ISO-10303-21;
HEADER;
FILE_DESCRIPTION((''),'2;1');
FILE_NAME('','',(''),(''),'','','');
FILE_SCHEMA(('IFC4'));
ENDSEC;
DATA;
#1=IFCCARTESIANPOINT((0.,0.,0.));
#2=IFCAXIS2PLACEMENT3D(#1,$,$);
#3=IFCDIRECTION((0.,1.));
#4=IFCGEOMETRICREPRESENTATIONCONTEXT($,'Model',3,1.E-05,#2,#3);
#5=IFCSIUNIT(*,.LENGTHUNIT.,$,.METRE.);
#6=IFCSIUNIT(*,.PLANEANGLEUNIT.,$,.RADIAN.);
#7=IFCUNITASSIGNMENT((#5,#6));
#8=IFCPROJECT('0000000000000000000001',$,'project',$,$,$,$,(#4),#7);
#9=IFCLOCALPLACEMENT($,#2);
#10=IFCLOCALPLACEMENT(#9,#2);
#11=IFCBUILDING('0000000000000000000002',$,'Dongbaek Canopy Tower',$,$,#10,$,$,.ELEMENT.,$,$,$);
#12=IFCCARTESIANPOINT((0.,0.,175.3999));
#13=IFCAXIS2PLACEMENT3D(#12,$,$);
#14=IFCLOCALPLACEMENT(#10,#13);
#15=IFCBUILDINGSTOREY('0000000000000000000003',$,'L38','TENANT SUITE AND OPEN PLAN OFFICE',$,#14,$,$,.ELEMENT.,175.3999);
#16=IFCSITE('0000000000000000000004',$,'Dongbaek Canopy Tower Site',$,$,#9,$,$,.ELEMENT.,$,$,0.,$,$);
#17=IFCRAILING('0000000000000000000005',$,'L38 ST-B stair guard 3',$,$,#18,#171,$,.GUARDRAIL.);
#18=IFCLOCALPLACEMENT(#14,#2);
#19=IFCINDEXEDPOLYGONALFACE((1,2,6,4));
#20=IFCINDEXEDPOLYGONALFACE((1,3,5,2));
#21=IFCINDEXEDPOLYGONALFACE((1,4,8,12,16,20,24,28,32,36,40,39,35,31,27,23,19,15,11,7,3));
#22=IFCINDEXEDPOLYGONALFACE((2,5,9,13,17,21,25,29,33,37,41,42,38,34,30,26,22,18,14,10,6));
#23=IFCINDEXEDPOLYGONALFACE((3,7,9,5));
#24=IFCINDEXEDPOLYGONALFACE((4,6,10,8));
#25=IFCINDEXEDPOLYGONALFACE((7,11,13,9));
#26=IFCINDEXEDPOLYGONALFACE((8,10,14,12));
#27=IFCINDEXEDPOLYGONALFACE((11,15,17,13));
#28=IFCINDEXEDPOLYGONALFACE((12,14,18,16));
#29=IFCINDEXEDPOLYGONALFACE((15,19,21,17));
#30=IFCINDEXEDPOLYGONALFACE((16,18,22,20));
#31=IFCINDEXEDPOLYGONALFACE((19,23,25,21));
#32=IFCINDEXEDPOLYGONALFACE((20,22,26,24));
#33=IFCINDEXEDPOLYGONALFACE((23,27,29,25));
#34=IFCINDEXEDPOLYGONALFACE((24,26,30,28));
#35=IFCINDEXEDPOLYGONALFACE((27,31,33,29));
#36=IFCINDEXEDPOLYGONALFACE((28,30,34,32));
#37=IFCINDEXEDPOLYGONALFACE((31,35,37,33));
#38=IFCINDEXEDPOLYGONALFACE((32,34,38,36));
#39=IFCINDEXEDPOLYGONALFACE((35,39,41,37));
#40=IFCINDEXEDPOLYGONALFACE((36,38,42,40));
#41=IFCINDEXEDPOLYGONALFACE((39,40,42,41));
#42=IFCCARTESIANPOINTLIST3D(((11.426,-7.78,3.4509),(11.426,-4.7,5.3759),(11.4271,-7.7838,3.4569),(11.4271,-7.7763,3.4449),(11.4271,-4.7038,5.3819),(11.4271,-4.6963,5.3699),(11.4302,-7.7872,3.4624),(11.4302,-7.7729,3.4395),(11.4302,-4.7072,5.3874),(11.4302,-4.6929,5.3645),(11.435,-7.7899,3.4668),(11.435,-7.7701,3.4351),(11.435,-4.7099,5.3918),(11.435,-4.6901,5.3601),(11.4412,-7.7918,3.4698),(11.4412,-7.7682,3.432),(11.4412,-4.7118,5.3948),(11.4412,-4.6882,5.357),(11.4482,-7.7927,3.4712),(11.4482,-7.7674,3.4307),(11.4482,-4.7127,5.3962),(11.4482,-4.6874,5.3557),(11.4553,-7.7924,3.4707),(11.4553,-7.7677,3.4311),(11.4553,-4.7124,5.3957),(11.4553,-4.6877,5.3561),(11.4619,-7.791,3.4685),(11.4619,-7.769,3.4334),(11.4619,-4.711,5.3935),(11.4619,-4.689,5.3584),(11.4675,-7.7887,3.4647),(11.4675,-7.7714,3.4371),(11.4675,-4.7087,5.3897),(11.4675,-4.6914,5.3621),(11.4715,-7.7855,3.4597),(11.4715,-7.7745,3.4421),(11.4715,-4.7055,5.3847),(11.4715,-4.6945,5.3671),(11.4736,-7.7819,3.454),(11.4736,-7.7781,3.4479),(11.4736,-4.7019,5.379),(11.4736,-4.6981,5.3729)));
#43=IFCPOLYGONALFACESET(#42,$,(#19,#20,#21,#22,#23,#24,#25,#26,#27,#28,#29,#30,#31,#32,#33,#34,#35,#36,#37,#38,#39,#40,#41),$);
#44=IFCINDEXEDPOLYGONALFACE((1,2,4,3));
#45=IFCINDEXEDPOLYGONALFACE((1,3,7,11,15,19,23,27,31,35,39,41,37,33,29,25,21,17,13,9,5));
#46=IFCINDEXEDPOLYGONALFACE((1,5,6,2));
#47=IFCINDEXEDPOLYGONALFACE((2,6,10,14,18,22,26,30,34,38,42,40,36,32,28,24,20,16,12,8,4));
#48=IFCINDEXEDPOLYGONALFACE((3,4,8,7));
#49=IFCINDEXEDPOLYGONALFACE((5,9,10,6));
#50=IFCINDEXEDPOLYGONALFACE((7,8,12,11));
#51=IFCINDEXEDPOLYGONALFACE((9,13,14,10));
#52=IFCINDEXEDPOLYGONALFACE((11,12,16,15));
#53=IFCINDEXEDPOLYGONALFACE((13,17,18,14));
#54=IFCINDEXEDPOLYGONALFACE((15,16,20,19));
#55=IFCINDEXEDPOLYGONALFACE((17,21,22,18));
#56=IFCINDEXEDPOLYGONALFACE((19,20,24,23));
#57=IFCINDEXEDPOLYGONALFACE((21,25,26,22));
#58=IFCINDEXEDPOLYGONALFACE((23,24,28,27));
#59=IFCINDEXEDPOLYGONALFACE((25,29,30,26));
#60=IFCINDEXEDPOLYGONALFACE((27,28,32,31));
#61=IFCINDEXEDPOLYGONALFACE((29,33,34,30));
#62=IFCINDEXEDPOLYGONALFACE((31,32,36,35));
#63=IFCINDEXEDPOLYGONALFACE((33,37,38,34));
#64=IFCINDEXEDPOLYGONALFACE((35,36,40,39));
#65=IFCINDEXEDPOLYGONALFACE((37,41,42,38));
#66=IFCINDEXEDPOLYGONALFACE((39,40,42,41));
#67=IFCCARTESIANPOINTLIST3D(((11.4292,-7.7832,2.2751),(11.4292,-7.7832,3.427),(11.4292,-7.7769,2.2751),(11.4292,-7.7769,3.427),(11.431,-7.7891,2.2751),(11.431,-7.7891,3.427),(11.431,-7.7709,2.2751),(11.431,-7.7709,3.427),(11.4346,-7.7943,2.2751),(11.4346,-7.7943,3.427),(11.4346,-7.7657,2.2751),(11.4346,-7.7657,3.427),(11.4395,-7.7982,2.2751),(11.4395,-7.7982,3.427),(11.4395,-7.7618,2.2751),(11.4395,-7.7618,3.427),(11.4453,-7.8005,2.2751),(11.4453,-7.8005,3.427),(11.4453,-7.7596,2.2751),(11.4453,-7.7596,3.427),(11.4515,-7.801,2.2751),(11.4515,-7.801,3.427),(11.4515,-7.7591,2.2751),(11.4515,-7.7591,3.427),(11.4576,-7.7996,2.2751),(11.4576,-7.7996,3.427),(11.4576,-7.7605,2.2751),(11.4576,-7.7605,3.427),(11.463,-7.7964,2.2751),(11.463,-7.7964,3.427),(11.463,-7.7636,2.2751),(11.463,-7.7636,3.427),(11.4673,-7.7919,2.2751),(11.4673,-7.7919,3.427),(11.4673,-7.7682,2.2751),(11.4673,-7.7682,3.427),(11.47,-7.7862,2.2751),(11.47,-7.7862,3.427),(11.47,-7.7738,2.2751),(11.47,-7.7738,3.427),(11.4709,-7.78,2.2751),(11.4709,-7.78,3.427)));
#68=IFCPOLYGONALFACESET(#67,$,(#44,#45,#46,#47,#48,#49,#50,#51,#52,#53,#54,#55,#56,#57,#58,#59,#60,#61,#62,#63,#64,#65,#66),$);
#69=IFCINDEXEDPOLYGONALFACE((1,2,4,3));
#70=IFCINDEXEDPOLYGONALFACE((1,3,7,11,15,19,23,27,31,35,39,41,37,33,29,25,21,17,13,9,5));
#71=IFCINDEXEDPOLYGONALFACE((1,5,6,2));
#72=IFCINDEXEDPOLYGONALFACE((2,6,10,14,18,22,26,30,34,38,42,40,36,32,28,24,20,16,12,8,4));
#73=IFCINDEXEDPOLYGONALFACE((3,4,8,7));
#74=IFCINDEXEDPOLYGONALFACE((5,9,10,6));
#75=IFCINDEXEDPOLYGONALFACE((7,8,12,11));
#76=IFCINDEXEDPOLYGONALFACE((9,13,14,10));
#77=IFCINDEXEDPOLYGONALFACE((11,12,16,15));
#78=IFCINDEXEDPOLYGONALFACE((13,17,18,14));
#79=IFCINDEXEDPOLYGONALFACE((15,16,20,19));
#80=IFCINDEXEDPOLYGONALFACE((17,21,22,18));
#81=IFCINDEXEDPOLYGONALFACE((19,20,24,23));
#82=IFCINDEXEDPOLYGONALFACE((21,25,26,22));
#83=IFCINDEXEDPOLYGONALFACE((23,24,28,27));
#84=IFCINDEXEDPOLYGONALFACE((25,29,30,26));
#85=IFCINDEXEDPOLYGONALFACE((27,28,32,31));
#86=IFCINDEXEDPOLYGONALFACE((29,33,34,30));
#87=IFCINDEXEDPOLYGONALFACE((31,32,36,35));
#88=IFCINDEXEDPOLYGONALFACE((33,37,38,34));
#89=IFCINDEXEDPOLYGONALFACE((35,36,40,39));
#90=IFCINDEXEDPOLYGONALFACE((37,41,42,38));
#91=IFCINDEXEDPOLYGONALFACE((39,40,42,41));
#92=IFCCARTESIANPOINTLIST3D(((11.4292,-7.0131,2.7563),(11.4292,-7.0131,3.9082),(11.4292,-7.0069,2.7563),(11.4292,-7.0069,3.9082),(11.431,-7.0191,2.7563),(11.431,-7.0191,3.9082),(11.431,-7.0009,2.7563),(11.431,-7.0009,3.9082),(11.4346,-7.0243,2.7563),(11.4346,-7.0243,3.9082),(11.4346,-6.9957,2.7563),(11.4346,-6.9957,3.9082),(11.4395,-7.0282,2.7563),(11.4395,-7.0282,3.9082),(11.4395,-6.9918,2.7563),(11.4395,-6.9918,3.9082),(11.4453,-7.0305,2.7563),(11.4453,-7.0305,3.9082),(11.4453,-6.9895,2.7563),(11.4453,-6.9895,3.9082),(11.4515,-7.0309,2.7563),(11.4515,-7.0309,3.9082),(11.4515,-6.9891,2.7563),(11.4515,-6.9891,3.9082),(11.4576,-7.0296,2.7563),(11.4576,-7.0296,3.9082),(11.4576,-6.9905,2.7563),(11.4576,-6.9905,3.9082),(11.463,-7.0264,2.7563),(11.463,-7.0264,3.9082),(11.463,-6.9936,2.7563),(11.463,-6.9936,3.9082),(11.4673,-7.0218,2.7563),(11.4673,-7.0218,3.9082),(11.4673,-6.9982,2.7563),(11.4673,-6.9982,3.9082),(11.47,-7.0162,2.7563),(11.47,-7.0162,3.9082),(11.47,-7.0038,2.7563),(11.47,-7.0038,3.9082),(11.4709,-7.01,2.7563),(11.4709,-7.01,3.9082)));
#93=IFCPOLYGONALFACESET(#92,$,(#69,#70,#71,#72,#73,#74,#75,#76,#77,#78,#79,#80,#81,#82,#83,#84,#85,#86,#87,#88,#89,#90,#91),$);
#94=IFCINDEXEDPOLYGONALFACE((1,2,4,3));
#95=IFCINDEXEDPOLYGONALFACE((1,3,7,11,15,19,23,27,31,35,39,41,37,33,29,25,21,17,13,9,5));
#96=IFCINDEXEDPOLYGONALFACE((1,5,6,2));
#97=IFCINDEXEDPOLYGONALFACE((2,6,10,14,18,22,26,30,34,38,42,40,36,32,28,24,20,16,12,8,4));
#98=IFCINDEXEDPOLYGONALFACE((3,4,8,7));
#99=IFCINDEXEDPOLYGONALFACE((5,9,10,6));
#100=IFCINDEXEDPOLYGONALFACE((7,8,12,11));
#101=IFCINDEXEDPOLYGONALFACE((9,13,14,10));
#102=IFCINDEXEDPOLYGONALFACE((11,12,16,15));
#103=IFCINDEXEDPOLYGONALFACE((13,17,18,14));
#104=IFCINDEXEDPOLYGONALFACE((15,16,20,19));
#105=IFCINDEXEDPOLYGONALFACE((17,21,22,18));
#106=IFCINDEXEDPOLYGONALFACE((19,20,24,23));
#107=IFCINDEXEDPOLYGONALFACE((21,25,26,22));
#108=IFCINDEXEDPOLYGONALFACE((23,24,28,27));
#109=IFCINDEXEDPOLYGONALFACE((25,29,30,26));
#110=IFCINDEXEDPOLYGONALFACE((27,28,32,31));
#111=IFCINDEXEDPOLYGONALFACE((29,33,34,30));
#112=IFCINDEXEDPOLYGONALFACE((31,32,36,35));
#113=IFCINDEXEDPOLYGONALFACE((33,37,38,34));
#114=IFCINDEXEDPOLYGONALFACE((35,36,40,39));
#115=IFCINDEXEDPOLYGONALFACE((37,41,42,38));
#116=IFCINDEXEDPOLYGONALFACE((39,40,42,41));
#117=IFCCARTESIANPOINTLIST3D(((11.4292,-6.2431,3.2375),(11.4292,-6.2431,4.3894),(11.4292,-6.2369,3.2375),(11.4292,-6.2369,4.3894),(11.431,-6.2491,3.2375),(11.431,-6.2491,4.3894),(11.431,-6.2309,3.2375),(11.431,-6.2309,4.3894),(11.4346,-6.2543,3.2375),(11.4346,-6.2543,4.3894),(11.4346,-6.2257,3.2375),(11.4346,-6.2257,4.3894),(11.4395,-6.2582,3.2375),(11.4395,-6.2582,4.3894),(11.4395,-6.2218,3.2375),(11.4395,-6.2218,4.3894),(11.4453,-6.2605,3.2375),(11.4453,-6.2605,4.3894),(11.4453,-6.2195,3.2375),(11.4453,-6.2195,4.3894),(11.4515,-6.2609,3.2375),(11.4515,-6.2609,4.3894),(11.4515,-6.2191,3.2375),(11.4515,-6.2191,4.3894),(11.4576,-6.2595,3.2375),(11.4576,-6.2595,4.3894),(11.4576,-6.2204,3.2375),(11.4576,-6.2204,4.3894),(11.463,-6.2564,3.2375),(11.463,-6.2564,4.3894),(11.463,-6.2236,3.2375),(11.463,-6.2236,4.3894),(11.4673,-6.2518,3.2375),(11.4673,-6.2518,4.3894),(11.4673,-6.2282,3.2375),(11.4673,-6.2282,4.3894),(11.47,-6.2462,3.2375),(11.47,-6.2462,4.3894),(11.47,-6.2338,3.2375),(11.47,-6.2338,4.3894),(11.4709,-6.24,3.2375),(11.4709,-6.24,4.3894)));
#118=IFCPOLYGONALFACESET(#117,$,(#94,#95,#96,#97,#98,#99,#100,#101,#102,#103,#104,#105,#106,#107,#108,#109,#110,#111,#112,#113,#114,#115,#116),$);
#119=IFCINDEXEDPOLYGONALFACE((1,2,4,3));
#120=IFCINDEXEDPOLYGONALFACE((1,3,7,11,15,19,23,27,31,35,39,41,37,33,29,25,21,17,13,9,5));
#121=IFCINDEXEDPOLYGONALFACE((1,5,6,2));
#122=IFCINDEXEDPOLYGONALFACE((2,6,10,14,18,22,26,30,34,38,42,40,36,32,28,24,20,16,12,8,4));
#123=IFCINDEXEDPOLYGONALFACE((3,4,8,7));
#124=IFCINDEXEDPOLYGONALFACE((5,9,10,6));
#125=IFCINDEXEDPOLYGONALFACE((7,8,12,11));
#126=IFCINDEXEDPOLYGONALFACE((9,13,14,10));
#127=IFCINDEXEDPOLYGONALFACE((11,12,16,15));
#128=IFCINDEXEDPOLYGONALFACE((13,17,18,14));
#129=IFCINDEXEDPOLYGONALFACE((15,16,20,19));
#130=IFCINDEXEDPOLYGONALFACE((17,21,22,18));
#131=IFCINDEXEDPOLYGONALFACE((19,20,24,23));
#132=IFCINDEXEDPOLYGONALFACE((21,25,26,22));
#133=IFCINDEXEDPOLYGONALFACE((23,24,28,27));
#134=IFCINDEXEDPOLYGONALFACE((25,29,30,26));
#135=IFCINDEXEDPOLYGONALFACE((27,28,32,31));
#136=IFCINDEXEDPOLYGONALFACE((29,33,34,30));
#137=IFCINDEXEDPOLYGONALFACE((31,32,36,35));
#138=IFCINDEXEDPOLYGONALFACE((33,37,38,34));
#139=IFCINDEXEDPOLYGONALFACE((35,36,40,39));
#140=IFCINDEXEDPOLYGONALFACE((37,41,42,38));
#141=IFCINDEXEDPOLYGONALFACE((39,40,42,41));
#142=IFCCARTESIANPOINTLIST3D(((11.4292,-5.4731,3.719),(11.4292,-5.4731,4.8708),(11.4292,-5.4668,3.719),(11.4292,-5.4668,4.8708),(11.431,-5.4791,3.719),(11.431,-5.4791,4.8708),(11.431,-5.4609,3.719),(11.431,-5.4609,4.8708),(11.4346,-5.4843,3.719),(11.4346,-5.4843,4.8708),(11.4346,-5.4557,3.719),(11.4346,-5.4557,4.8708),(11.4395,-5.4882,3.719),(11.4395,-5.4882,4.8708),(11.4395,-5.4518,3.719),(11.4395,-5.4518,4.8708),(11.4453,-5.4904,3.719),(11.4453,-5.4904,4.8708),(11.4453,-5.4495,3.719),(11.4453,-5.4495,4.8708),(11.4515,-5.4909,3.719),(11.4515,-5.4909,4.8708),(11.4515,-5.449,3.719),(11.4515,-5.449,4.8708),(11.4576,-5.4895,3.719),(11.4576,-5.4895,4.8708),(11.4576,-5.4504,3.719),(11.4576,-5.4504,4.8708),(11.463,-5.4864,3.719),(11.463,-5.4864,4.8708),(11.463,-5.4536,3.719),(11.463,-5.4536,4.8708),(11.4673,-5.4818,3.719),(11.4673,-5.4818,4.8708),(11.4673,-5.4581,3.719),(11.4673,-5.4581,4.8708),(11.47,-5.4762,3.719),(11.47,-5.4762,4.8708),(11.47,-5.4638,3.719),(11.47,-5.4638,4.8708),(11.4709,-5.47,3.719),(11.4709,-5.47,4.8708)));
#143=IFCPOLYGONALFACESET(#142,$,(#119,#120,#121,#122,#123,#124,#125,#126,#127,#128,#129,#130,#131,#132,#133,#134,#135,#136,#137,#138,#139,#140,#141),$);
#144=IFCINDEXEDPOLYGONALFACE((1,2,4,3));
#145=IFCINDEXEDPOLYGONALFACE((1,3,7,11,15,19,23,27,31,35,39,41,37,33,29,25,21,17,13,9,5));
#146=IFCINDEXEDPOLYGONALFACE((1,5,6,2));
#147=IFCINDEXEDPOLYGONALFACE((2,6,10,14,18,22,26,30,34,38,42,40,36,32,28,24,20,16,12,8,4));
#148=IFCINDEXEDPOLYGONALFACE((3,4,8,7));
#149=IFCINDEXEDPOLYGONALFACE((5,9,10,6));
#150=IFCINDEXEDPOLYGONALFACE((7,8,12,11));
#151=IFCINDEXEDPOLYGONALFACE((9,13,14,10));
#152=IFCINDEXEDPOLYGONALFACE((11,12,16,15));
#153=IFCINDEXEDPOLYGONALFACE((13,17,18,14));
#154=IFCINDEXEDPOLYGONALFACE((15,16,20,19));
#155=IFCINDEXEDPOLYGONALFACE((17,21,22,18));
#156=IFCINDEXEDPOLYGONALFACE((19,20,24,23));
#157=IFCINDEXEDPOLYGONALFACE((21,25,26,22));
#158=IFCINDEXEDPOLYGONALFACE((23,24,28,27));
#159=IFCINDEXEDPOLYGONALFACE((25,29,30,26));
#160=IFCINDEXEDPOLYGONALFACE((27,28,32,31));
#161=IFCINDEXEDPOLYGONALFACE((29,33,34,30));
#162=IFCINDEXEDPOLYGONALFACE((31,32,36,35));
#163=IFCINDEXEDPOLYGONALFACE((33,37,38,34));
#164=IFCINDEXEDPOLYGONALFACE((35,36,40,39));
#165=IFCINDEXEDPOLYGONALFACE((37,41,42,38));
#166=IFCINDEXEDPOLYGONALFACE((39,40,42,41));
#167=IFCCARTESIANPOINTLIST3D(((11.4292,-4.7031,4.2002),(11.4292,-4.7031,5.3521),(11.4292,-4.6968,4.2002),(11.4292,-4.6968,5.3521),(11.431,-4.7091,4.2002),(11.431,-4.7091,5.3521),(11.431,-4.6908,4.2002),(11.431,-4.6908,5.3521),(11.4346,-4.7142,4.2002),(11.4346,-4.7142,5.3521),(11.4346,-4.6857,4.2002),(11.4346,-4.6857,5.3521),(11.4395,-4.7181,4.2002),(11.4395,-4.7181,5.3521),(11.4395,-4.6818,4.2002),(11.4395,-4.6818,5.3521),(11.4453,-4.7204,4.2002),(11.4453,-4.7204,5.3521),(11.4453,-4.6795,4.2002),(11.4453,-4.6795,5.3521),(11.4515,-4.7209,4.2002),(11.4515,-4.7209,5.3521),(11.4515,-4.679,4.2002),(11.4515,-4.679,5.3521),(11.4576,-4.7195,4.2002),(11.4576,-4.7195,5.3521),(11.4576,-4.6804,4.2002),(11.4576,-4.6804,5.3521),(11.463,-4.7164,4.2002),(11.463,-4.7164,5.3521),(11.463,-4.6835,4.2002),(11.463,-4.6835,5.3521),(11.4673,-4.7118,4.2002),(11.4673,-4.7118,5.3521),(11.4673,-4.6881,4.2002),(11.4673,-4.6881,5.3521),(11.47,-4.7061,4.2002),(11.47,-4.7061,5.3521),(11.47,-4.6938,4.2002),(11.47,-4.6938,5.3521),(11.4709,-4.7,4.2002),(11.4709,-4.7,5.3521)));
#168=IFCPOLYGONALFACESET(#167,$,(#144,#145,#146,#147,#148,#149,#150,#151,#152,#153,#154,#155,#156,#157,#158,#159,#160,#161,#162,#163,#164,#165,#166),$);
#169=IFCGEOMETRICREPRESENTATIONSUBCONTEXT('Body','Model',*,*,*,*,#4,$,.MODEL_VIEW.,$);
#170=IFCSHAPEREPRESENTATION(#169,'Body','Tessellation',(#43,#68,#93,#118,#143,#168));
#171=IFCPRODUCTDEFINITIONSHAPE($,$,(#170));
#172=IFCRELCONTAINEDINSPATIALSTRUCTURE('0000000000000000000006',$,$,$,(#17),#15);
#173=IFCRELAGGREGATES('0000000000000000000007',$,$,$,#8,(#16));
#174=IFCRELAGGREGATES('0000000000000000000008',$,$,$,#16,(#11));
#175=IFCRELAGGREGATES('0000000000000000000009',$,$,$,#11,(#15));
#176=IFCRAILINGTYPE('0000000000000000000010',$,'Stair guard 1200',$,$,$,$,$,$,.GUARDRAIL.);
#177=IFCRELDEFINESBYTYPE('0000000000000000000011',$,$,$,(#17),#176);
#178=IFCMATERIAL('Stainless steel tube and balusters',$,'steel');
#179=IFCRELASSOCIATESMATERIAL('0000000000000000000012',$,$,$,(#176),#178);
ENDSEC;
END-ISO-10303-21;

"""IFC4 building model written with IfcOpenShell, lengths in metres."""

from ifc_helpers import new_model, si_unit, direction, frame, origin, origin_2d, place, context, subcontext, project, spatial, circle, extrude, material, type_object, element, save


model = new_model("IFC4")

# Units and contexts
model_context = context("Model", 3, precision=1e-05, world=origin(), true_north=direction((0.0, 1.0)))
body_context = subcontext(model_context, "Body", "Model", "MODEL_VIEW")
ifc_project = project(units=[si_unit("LENGTHUNIT", "METRE"), si_unit("PLANEANGLEUNIT", "RADIAN")], contexts=[model_context])

# Site, building, storey
site_placement = place(None, origin())
site = spatial("IfcSite", under=ifc_project, at=site_placement, Name="Dongbaek Canopy Tower Site", CompositionType="ELEMENT", RefElevation=0.0)
building_placement = place(site_placement, origin())
building = spatial("IfcBuilding", under=site, at=building_placement, Name="Dongbaek Canopy Tower", CompositionType="ELEMENT")
storey_placement = place(building_placement, frame((0.0, 0.0, 175.3999)))
storey = spatial("IfcBuildingStorey", under=building, at=storey_placement, Name="L38", Description="TENANT SUITE AND OPEN PLAN OFFICE", CompositionType="ELEMENT", Elevation=175.3999)

# Railing
ifc_material_1 = material(Name="Stainless steel tube and balusters", Category="steel")
railing_type_1 = type_object("IfcRailingType", Name="Stair guard 1200", PredefinedType="GUARDRAIL", material=ifc_material_1)
railing_1_placement = place(storey_placement, frame((11.45, -7.78, 2.2751)))
element("IfcRailing", 1, at=railing_1_placement, inside=storey, type_object=railing_type_1, Name="L38 ST-B stair guard 3", PredefinedType="GUARDRAIL", context=body_context, shape_type="SweptSolid", body=[
    extrude(circle(Radius=0.0239, at=origin_2d()), frame((0.0, 0.0, 1.1758), z_axis=(0.0, 0.847998, 0.529999), x_axis=(-1.0, 0.0, 0.0)), (0.0, 0.0, 1.0), 3.6321),
    extrude(circle(Radius=0.021, at=origin_2d()), origin(), (0.0, 0.0, 1.0), 1.1519),
    extrude(circle(Radius=0.021, at=origin_2d()), frame((0.0, 0.77, 0.4812)), (0.0, 0.0, 1.0), 1.1519),
    extrude(circle(Radius=0.021, at=origin_2d()), frame((0.0, 1.54, 0.9624)), (0.0, 0.0, 1.0), 1.1519),
    extrude(circle(Radius=0.021, at=origin_2d()), frame((0.0, 2.3101, 1.4438)), (0.0, 0.0, 1.0), 1.1519),
    extrude(circle(Radius=0.021, at=origin_2d()), frame((0.0, 3.0801, 1.925)), (0.0, 0.0, 1.0), 1.1519),
])

save(model, "model.ifc")
